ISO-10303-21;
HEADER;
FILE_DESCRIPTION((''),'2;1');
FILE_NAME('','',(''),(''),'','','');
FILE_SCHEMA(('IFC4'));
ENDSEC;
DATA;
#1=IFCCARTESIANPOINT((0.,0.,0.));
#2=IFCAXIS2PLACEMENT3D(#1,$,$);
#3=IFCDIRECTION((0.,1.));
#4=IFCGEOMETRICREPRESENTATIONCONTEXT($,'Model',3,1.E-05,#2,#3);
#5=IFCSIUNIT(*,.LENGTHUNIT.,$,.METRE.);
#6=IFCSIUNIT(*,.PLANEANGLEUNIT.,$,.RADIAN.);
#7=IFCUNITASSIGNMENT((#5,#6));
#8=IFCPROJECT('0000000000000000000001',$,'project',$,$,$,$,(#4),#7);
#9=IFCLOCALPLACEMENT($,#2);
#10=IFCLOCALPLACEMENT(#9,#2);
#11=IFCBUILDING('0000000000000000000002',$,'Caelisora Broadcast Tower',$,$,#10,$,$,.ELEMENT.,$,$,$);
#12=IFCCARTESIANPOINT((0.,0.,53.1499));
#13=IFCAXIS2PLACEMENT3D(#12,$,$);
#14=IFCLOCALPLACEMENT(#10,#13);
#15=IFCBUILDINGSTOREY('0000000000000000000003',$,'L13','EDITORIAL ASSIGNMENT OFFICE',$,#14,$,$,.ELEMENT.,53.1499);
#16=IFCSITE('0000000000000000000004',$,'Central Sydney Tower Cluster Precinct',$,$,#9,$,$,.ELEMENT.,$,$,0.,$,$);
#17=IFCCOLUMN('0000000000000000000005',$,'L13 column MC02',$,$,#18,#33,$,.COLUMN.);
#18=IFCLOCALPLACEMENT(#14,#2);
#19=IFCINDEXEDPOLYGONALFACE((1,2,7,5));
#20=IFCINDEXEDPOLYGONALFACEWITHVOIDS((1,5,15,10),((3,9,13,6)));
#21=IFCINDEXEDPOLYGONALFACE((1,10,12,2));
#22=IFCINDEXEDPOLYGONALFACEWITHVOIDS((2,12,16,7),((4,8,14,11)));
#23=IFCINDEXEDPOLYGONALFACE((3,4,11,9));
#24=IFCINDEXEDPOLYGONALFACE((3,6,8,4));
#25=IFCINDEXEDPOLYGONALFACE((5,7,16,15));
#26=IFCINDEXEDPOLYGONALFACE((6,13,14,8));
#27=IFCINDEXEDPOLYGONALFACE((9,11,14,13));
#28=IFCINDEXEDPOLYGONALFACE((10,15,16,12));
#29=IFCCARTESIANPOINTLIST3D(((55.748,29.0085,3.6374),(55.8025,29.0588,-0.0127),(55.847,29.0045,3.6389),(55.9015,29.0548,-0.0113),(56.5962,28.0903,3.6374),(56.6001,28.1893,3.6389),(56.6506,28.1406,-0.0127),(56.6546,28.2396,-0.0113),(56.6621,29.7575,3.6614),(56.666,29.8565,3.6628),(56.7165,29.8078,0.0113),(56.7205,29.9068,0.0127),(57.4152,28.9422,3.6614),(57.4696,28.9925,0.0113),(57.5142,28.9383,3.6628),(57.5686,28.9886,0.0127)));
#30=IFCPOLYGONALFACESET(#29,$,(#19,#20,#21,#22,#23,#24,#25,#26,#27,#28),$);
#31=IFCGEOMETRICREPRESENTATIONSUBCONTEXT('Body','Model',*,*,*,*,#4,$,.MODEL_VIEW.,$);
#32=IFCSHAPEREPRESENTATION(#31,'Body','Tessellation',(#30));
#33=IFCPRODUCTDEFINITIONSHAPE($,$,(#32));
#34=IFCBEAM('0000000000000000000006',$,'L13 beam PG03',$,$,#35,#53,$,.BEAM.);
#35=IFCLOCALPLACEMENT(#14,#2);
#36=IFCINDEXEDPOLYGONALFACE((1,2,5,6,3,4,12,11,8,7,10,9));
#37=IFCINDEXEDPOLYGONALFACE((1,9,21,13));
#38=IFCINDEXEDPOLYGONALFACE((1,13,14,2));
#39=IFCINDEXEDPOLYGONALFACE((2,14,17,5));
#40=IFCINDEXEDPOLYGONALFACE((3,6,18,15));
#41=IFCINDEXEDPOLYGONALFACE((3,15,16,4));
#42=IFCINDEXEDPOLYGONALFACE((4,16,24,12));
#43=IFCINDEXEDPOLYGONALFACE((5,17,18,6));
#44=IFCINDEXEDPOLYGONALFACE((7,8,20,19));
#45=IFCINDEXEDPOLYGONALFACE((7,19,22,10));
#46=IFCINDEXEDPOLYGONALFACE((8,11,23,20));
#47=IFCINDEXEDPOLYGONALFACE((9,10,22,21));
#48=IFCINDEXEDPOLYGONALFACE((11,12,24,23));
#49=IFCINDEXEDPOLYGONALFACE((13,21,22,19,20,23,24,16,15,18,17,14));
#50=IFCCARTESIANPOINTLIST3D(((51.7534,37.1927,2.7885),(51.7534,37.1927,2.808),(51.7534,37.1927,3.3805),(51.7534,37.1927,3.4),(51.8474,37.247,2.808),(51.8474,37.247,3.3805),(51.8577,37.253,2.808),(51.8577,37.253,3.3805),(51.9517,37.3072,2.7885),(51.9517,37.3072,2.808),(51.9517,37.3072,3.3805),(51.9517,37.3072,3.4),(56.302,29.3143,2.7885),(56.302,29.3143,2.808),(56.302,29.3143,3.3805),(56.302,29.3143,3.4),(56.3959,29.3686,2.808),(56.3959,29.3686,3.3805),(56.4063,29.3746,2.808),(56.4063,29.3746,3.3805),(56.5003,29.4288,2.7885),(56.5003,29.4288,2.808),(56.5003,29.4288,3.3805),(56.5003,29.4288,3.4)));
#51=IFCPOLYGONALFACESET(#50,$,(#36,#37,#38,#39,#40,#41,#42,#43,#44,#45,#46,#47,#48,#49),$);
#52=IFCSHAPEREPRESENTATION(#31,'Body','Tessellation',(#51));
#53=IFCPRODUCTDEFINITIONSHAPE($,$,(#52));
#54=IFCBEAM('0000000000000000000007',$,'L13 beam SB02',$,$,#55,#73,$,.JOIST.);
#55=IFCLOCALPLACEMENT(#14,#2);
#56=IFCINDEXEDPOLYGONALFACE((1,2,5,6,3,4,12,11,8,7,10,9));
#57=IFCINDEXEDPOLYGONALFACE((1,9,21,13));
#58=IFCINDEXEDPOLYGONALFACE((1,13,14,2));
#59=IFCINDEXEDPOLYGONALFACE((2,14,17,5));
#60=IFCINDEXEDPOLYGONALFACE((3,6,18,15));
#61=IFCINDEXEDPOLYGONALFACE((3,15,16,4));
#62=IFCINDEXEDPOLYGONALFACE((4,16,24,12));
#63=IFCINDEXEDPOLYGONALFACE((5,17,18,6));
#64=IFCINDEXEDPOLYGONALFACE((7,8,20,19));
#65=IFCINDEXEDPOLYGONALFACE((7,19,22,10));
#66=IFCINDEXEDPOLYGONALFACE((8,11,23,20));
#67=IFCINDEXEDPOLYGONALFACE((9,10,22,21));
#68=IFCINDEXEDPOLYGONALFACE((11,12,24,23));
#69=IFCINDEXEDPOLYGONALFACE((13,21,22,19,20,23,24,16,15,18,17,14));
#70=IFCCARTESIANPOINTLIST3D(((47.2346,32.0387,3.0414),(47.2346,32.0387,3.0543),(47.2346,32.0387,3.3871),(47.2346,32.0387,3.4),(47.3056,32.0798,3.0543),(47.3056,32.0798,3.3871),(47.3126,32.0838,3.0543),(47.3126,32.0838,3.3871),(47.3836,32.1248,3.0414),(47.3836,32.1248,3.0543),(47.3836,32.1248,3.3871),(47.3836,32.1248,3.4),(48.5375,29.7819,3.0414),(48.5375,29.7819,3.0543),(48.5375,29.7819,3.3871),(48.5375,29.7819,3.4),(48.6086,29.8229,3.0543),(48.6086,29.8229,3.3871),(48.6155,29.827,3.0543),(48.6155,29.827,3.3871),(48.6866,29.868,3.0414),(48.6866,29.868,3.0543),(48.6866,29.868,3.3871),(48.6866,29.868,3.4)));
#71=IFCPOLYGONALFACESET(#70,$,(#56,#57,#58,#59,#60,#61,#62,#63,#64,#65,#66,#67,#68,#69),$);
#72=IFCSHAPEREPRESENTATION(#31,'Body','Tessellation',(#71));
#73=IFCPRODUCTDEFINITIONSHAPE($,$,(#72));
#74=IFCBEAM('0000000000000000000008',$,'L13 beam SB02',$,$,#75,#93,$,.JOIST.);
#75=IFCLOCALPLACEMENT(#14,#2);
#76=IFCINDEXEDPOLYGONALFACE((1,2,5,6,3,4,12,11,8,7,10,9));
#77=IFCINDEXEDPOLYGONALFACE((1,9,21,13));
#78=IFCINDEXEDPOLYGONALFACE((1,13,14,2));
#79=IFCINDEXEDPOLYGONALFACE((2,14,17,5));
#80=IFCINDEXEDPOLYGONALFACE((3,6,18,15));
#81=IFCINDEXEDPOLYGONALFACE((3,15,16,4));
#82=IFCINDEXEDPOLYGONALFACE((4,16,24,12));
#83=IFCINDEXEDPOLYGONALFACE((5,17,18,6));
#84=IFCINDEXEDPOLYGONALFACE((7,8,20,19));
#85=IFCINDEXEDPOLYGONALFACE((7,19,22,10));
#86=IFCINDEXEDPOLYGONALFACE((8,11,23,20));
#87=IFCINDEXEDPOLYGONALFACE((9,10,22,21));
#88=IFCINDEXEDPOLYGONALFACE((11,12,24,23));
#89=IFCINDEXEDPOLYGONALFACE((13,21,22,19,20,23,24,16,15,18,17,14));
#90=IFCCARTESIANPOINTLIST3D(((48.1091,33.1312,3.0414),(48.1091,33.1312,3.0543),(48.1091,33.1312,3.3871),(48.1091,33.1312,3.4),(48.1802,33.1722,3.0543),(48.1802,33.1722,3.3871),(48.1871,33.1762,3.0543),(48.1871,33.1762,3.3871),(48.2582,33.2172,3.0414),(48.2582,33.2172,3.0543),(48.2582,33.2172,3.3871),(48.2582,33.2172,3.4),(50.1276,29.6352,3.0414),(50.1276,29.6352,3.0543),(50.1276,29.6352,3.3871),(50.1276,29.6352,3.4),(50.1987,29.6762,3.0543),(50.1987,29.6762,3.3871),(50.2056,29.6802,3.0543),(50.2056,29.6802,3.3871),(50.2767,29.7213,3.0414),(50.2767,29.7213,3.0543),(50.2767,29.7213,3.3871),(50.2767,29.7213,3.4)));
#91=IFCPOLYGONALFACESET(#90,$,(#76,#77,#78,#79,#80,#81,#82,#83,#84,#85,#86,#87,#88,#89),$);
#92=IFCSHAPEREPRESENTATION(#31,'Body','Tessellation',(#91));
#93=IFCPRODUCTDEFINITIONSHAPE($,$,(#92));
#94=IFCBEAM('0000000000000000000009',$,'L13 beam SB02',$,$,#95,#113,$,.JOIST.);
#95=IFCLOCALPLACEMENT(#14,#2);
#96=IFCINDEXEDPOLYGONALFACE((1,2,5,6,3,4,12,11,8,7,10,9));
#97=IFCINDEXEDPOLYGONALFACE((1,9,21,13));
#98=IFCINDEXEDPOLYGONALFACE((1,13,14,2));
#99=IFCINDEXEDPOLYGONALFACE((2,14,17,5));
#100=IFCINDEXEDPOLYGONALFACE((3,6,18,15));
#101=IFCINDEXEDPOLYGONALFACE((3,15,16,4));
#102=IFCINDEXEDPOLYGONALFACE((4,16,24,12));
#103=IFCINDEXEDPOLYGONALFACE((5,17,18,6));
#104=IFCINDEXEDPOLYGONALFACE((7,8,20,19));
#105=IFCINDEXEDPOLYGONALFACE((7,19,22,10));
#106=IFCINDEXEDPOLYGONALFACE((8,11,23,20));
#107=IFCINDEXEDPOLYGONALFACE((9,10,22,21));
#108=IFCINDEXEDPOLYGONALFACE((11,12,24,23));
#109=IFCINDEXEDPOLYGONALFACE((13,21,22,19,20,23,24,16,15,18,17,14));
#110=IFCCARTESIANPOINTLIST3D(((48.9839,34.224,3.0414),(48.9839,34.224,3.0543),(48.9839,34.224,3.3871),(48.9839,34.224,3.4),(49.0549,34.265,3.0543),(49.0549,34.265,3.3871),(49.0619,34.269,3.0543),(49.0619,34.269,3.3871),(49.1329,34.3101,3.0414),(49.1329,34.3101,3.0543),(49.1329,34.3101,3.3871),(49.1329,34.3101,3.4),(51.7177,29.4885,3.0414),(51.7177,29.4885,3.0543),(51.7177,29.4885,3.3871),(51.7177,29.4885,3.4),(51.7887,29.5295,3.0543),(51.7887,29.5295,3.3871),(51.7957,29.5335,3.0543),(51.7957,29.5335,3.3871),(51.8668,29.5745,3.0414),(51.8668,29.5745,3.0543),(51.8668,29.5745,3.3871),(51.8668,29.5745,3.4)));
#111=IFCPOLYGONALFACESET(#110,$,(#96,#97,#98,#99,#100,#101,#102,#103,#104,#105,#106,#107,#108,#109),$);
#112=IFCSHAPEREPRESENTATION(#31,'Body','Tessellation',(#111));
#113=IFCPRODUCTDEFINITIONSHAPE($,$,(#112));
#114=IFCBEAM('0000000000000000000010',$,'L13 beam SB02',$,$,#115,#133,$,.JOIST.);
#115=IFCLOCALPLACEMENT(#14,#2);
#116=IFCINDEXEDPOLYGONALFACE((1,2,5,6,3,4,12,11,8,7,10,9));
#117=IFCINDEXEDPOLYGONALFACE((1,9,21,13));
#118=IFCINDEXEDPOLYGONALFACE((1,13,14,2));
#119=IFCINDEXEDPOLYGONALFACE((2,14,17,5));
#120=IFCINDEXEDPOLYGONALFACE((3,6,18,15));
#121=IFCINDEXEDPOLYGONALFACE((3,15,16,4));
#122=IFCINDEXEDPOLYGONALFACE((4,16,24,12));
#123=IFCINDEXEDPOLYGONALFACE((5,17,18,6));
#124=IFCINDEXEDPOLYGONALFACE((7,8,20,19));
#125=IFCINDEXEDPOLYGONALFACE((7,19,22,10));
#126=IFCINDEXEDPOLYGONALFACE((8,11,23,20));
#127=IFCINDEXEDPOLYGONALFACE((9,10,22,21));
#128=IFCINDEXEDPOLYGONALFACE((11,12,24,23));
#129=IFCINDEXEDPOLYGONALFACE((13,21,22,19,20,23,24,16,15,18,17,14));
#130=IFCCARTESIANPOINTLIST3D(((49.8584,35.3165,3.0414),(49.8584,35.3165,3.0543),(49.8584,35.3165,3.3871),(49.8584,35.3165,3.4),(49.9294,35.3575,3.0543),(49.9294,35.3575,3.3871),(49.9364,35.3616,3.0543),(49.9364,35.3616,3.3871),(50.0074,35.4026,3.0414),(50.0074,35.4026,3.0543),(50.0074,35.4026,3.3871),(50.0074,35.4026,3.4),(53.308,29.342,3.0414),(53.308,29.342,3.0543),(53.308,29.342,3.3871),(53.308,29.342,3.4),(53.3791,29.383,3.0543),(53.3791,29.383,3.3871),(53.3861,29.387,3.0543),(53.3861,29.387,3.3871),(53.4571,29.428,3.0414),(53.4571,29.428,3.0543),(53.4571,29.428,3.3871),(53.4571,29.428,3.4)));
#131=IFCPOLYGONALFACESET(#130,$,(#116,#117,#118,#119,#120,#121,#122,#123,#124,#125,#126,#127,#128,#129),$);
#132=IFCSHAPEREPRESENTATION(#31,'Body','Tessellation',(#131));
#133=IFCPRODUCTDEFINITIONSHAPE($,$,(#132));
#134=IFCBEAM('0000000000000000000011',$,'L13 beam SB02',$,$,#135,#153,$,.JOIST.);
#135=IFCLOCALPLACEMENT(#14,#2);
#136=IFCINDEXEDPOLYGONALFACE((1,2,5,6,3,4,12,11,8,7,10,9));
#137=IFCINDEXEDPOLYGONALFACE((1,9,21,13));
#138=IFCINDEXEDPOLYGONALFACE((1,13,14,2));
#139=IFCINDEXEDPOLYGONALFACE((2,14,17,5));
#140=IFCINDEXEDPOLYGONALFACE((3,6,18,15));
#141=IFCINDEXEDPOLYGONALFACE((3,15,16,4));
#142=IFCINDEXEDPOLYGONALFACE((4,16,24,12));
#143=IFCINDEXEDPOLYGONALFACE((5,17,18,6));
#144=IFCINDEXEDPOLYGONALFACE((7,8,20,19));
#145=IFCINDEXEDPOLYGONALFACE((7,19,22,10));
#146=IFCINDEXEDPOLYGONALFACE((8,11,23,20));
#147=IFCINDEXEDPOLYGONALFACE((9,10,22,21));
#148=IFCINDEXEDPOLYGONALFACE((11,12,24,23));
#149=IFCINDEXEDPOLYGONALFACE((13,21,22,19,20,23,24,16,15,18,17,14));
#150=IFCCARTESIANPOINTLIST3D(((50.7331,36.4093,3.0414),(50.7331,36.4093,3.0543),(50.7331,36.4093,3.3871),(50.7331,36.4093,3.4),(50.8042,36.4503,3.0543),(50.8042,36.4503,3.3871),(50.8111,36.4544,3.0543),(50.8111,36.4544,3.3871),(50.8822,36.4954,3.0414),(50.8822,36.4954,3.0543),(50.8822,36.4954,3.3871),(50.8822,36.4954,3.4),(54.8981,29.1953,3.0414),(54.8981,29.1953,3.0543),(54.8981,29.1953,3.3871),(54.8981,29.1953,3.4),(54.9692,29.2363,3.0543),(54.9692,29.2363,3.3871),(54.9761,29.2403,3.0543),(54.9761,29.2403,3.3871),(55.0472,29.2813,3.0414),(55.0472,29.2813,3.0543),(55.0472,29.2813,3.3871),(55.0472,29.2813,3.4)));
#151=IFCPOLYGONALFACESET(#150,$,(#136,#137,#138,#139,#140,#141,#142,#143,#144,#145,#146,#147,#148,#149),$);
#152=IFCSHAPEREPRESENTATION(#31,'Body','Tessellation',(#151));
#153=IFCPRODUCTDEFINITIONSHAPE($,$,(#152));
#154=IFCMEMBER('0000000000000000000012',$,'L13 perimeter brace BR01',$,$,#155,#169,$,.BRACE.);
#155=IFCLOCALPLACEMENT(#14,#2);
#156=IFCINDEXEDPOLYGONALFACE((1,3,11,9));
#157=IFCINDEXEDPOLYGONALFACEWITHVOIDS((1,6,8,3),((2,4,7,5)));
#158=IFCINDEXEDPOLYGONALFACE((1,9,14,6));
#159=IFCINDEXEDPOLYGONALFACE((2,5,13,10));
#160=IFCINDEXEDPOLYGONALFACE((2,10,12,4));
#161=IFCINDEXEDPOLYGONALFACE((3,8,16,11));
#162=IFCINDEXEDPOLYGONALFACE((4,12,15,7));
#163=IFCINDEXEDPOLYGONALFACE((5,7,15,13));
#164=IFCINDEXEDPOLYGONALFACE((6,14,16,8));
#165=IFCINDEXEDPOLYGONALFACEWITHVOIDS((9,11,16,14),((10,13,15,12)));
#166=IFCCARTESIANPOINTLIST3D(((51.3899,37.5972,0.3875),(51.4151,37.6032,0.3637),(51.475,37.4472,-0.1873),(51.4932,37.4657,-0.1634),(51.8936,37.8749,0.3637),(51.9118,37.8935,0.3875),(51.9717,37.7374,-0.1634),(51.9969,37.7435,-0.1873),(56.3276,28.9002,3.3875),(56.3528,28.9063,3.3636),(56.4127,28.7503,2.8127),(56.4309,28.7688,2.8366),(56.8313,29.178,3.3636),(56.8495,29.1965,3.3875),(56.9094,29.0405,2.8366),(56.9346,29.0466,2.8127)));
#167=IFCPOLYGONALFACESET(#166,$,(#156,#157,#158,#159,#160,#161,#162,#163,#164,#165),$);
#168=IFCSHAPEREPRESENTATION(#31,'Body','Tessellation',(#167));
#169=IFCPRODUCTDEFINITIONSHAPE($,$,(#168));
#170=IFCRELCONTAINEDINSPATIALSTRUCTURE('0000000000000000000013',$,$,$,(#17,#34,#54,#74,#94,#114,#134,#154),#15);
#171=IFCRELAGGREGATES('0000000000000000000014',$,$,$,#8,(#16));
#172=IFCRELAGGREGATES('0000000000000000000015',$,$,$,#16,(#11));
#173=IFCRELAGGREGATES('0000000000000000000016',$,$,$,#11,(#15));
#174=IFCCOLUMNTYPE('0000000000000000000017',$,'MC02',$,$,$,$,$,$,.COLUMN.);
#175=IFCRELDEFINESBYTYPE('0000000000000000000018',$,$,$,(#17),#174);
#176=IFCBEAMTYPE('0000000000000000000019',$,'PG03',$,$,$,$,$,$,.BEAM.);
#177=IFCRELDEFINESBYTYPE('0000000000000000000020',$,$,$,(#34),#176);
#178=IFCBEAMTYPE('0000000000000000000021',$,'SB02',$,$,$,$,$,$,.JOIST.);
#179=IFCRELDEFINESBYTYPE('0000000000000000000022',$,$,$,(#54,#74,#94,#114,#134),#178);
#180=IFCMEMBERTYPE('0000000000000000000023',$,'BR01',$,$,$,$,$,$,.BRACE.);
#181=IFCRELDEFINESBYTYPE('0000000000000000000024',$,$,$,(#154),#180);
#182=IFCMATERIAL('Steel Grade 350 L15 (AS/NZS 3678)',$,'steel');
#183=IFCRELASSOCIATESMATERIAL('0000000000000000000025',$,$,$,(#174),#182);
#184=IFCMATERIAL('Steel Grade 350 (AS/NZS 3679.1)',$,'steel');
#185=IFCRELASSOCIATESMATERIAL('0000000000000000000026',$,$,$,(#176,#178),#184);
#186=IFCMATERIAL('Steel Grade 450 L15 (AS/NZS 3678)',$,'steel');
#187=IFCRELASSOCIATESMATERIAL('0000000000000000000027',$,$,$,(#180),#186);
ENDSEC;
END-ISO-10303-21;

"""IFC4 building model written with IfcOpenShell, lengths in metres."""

from ifc_helpers import new_model, si_unit, direction, frame, origin, origin_2d, place, context, subcontext, project, spatial, hollow_rectangle, i_section, extrude, source, transform, mapped, material, material_profile, profile_set, type_object, type_shapes, element, save


model = new_model("IFC4")

# Units and contexts
model_context = context("Model", 3, precision=1e-05, world=origin(), true_north=direction((0.0, 1.0)))
body_context = subcontext(model_context, "Body", "Model", "MODEL_VIEW")
ifc_project = project(units=[si_unit("LENGTHUNIT", "METRE"), si_unit("PLANEANGLEUNIT", "RADIAN")], contexts=[model_context])

# Site, building, storey
site_placement = place(None, origin())
site = spatial("IfcSite", under=ifc_project, at=site_placement, Name="Central Sydney Tower Cluster Precinct", CompositionType="ELEMENT", RefElevation=0.0)
building_placement = place(site_placement, origin())
building = spatial("IfcBuilding", under=site, at=building_placement, Name="Caelisora Broadcast Tower", CompositionType="ELEMENT")
storey_placement = place(building_placement, frame((0.0, 0.0, 53.1499)))
storey = spatial("IfcBuildingStorey", under=building, at=storey_placement, Name="L13", Description="EDITORIAL ASSIGNMENT OFFICE", CompositionType="ELEMENT", Elevation=53.1499)

# Column
ifc_material_1 = material(Name="Steel Grade 350 L15 (AS/NZS 3678)", Category="steel")
ifc_material_profile_1 = material_profile(ifc_material_1, hollow_rectangle(XDim=1.25, YDim=1.25, WallThickness=0.0701, at=origin_2d()), Name="Steel Grade 350 L15 (AS/NZS 3678)")
ifc_profile_set_1 = profile_set([ifc_material_profile_1], Name="Steel Grade 350 L15 (AS/NZS 3678)")
column_type = type_object("IfcColumnType", Name="MC02", PredefinedType="COLUMN", material=ifc_profile_set_1)
shared_shape_1 = source(origin(), body_context, "Body", "SweptSolid", [
    extrude(hollow_rectangle(XDim=1.25, YDim=1.25, WallThickness=0.0701, at=origin_2d()), origin(), (0.0, 0.0, 1.0), 3.6509),
])
type_shapes(column_type, [shared_shape_1])
column_placement = place(storey_placement, frame((56.6855, 29.0237, 0.0), z_axis=(-0.014912, -0.013776, 0.999794), x_axis=(0.678554, -0.734551, 0.0)))
element("IfcColumn", 1, at=column_placement, inside=storey, type_object=column_type, Name="L13 column MC02", PredefinedType="COLUMN", context=body_context, shape_type="MappedRepresentation", body=[
    mapped(shared_shape_1, transform((0.0, 0.0, 0.0), scale=1.0)),
])

# Beams
ifc_material_2 = material(Name="Steel Grade 350 (AS/NZS 3679.1)", Category="steel")
ifc_material_profile_2 = material_profile(ifc_material_2, i_section(OverallWidth=0.229, OverallDepth=0.6116, WebThickness=0.012, FlangeThickness=0.0195, at=origin_2d()), Name="Steel Grade 350 (AS/NZS 3679.1)")
ifc_profile_set_2 = profile_set([ifc_material_profile_2], Name="Steel Grade 350 (AS/NZS 3679.1)")
beam_type_1 = type_object("IfcBeamType", Name="PG03", PredefinedType="BEAM", material=ifc_profile_set_2)
shared_shape_2 = source(origin(), body_context, "Body", "SweptSolid", [
    extrude(i_section(OverallWidth=0.229, OverallDepth=0.6116, WebThickness=0.012, FlangeThickness=0.0195, at=origin_2d()), origin(), (0.0, 0.0, 1.0), 9.0972),
])
type_shapes(beam_type_1, [shared_shape_2])
beam_1_placement = place(storey_placement, frame((56.4011, 29.3716, 3.0942), z_axis=(-0.499998, 0.866026, 0.0), x_axis=(-0.866026, -0.499998, 0.0)))
element("IfcBeam", 2, at=beam_1_placement, inside=storey, type_object=beam_type_1, Name="L13 beam PG03", PredefinedType="BEAM", context=body_context, shape_type="MappedRepresentation", body=[
    mapped(shared_shape_2, transform((0.0, 0.0, 0.0), scale=1.0)),
])
ifc_material_profile_3 = material_profile(ifc_material_2, i_section(OverallWidth=0.1721, OverallDepth=0.3586, WebThickness=0.0081, FlangeThickness=0.0129, at=origin_2d()), Name="Steel Grade 350 (AS/NZS 3679.1)")
ifc_profile_set_3 = profile_set([ifc_material_profile_3], Name="Steel Grade 350 (AS/NZS 3679.1)")
beam_type_2 = type_object("IfcBeamType", Name="SB02", PredefinedType="JOIST", material=ifc_profile_set_3)
shared_shape_3 = source(origin(), body_context, "Body", "SweptSolid", [
    extrude(i_section(OverallWidth=0.1721, OverallDepth=0.3586, WebThickness=0.0081, FlangeThickness=0.0129, at=origin_2d()), origin(), (0.0, 0.0, 1.0), 2.606),
])
beam_2_placement = place(storey_placement, frame((48.6121, 29.825, 3.2207), z_axis=(-0.499998, 0.866026, 0.0), x_axis=(-0.866026, -0.499998, 0.0)))
element("IfcBeam", 3, at=beam_2_placement, inside=storey, type_object=beam_type_2, Name="L13 beam SB02", PredefinedType="JOIST", context=body_context, shape_type="MappedRepresentation", body=[
    mapped(shared_shape_3, transform((0.0, 0.0, 0.0), scale=1.0)),
])
shared_shape_4 = source(origin(), body_context, "Body", "SweptSolid", [
    extrude(i_section(OverallWidth=0.1721, OverallDepth=0.3586, WebThickness=0.0081, FlangeThickness=0.0129, at=origin_2d()), origin(), (0.0, 0.0, 1.0), 4.0369),
])
beam_3_placement = place(storey_placement, frame((50.2021, 29.6782, 3.2207), z_axis=(-0.500016, 0.866016, 0.0), x_axis=(-0.866016, -0.500016, 0.0)))
element("IfcBeam", 4, at=beam_3_placement, inside=storey, type_object=beam_type_2, Name="L13 beam SB02", PredefinedType="JOIST", context=body_context, shape_type="MappedRepresentation", body=[
    mapped(shared_shape_4, transform((0.0, 0.0, 0.0), scale=1.0)),
])
shared_shape_5 = source(origin(), body_context, "Body", "SweptSolid", [
    extrude(i_section(OverallWidth=0.1721, OverallDepth=0.3586, WebThickness=0.0081, FlangeThickness=0.0129, at=origin_2d()), origin(), (0.0, 0.0, 1.0), 5.468),
])
beam_4_placement = place(storey_placement, frame((51.7922, 29.5315, 3.2207), z_axis=(-0.499971, 0.866042, 0.0), x_axis=(-0.866042, -0.499971, 0.0)))
element("IfcBeam", 5, at=beam_4_placement, inside=storey, type_object=beam_type_2, Name="L13 beam SB02", PredefinedType="JOIST", context=body_context, shape_type="MappedRepresentation", body=[
    mapped(shared_shape_5, transform((0.0, 0.0, 0.0), scale=1.0)),
])
shared_shape_6 = source(origin(), body_context, "Body", "SweptSolid", [
    extrude(i_section(OverallWidth=0.1721, OverallDepth=0.3586, WebThickness=0.0081, FlangeThickness=0.0129, at=origin_2d()), origin(), (0.0, 0.0, 1.0), 6.8989),
])
beam_5_placement = place(storey_placement, frame((53.3826, 29.385, 3.2207), z_axis=(-0.500029, 0.866009, 0.0), x_axis=(-0.866009, -0.500029, 0.0)))
element("IfcBeam", 6, at=beam_5_placement, inside=storey, type_object=beam_type_2, Name="L13 beam SB02", PredefinedType="JOIST", context=body_context, shape_type="MappedRepresentation", body=[
    mapped(shared_shape_6, transform((0.0, 0.0, 0.0), scale=1.0)),
])
shared_shape_7 = source(origin(), body_context, "Body", "SweptSolid", [
    extrude(i_section(OverallWidth=0.1721, OverallDepth=0.3586, WebThickness=0.0081, FlangeThickness=0.0129, at=origin_2d()), origin(), (0.0, 0.0, 1.0), 8.3301),
])
type_shapes(beam_type_2, [shared_shape_3, shared_shape_4, shared_shape_5, shared_shape_6, shared_shape_7])
beam_6_placement = place(storey_placement, frame((54.9727, 29.2383, 3.2207), z_axis=(-0.499997, 0.866027, 0.0), x_axis=(-0.866027, -0.499997, 0.0)))
element("IfcBeam", 7, at=beam_6_placement, inside=storey, type_object=beam_type_2, Name="L13 beam SB02", PredefinedType="JOIST", context=body_context, shape_type="MappedRepresentation", body=[
    mapped(shared_shape_7, transform((0.0, 0.0, 0.0), scale=1.0)),
])

# Member
ifc_material_3 = material(Name="Steel Grade 450 L15 (AS/NZS 3678)", Category="steel")
ifc_material_profile_4 = material_profile(ifc_material_3, hollow_rectangle(XDim=0.6001, YDim=0.6001, WallThickness=0.0249, at=origin_2d()), Name="Steel Grade 450 L15 (AS/NZS 3678)")
ifc_profile_set_4 = profile_set([ifc_material_profile_4], Name="Steel Grade 450 L15 (AS/NZS 3678)")
member_type_1 = type_object("IfcMemberType", Name="BR01", PredefinedType="BRACE", material=ifc_profile_set_4)
shared_shape_8 = source(origin(), body_context, "Body", "SweptSolid", [
    extrude(hollow_rectangle(XDim=0.6001, YDim=0.6001, WallThickness=0.0249, at=origin_2d()), origin(), (0.0, 0.0, 1.0), 10.4412),
])
type_shapes(member_type_1, [shared_shape_8])
member_1_placement = place(storey_placement, frame((56.6311, 28.9734, 3.1001), z_axis=(-0.472908, 0.832949, -0.287322), x_axis=(-0.869617, -0.493726, 0.0)))
element("IfcMember", 8, at=member_1_placement, inside=storey, type_object=member_type_1, Name="L13 perimeter brace BR01", PredefinedType="BRACE", context=body_context, shape_type="MappedRepresentation", body=[
    mapped(shared_shape_8, transform((0.0, 0.0, 0.0), scale=1.0)),
])

save(model, "model.ifc")
